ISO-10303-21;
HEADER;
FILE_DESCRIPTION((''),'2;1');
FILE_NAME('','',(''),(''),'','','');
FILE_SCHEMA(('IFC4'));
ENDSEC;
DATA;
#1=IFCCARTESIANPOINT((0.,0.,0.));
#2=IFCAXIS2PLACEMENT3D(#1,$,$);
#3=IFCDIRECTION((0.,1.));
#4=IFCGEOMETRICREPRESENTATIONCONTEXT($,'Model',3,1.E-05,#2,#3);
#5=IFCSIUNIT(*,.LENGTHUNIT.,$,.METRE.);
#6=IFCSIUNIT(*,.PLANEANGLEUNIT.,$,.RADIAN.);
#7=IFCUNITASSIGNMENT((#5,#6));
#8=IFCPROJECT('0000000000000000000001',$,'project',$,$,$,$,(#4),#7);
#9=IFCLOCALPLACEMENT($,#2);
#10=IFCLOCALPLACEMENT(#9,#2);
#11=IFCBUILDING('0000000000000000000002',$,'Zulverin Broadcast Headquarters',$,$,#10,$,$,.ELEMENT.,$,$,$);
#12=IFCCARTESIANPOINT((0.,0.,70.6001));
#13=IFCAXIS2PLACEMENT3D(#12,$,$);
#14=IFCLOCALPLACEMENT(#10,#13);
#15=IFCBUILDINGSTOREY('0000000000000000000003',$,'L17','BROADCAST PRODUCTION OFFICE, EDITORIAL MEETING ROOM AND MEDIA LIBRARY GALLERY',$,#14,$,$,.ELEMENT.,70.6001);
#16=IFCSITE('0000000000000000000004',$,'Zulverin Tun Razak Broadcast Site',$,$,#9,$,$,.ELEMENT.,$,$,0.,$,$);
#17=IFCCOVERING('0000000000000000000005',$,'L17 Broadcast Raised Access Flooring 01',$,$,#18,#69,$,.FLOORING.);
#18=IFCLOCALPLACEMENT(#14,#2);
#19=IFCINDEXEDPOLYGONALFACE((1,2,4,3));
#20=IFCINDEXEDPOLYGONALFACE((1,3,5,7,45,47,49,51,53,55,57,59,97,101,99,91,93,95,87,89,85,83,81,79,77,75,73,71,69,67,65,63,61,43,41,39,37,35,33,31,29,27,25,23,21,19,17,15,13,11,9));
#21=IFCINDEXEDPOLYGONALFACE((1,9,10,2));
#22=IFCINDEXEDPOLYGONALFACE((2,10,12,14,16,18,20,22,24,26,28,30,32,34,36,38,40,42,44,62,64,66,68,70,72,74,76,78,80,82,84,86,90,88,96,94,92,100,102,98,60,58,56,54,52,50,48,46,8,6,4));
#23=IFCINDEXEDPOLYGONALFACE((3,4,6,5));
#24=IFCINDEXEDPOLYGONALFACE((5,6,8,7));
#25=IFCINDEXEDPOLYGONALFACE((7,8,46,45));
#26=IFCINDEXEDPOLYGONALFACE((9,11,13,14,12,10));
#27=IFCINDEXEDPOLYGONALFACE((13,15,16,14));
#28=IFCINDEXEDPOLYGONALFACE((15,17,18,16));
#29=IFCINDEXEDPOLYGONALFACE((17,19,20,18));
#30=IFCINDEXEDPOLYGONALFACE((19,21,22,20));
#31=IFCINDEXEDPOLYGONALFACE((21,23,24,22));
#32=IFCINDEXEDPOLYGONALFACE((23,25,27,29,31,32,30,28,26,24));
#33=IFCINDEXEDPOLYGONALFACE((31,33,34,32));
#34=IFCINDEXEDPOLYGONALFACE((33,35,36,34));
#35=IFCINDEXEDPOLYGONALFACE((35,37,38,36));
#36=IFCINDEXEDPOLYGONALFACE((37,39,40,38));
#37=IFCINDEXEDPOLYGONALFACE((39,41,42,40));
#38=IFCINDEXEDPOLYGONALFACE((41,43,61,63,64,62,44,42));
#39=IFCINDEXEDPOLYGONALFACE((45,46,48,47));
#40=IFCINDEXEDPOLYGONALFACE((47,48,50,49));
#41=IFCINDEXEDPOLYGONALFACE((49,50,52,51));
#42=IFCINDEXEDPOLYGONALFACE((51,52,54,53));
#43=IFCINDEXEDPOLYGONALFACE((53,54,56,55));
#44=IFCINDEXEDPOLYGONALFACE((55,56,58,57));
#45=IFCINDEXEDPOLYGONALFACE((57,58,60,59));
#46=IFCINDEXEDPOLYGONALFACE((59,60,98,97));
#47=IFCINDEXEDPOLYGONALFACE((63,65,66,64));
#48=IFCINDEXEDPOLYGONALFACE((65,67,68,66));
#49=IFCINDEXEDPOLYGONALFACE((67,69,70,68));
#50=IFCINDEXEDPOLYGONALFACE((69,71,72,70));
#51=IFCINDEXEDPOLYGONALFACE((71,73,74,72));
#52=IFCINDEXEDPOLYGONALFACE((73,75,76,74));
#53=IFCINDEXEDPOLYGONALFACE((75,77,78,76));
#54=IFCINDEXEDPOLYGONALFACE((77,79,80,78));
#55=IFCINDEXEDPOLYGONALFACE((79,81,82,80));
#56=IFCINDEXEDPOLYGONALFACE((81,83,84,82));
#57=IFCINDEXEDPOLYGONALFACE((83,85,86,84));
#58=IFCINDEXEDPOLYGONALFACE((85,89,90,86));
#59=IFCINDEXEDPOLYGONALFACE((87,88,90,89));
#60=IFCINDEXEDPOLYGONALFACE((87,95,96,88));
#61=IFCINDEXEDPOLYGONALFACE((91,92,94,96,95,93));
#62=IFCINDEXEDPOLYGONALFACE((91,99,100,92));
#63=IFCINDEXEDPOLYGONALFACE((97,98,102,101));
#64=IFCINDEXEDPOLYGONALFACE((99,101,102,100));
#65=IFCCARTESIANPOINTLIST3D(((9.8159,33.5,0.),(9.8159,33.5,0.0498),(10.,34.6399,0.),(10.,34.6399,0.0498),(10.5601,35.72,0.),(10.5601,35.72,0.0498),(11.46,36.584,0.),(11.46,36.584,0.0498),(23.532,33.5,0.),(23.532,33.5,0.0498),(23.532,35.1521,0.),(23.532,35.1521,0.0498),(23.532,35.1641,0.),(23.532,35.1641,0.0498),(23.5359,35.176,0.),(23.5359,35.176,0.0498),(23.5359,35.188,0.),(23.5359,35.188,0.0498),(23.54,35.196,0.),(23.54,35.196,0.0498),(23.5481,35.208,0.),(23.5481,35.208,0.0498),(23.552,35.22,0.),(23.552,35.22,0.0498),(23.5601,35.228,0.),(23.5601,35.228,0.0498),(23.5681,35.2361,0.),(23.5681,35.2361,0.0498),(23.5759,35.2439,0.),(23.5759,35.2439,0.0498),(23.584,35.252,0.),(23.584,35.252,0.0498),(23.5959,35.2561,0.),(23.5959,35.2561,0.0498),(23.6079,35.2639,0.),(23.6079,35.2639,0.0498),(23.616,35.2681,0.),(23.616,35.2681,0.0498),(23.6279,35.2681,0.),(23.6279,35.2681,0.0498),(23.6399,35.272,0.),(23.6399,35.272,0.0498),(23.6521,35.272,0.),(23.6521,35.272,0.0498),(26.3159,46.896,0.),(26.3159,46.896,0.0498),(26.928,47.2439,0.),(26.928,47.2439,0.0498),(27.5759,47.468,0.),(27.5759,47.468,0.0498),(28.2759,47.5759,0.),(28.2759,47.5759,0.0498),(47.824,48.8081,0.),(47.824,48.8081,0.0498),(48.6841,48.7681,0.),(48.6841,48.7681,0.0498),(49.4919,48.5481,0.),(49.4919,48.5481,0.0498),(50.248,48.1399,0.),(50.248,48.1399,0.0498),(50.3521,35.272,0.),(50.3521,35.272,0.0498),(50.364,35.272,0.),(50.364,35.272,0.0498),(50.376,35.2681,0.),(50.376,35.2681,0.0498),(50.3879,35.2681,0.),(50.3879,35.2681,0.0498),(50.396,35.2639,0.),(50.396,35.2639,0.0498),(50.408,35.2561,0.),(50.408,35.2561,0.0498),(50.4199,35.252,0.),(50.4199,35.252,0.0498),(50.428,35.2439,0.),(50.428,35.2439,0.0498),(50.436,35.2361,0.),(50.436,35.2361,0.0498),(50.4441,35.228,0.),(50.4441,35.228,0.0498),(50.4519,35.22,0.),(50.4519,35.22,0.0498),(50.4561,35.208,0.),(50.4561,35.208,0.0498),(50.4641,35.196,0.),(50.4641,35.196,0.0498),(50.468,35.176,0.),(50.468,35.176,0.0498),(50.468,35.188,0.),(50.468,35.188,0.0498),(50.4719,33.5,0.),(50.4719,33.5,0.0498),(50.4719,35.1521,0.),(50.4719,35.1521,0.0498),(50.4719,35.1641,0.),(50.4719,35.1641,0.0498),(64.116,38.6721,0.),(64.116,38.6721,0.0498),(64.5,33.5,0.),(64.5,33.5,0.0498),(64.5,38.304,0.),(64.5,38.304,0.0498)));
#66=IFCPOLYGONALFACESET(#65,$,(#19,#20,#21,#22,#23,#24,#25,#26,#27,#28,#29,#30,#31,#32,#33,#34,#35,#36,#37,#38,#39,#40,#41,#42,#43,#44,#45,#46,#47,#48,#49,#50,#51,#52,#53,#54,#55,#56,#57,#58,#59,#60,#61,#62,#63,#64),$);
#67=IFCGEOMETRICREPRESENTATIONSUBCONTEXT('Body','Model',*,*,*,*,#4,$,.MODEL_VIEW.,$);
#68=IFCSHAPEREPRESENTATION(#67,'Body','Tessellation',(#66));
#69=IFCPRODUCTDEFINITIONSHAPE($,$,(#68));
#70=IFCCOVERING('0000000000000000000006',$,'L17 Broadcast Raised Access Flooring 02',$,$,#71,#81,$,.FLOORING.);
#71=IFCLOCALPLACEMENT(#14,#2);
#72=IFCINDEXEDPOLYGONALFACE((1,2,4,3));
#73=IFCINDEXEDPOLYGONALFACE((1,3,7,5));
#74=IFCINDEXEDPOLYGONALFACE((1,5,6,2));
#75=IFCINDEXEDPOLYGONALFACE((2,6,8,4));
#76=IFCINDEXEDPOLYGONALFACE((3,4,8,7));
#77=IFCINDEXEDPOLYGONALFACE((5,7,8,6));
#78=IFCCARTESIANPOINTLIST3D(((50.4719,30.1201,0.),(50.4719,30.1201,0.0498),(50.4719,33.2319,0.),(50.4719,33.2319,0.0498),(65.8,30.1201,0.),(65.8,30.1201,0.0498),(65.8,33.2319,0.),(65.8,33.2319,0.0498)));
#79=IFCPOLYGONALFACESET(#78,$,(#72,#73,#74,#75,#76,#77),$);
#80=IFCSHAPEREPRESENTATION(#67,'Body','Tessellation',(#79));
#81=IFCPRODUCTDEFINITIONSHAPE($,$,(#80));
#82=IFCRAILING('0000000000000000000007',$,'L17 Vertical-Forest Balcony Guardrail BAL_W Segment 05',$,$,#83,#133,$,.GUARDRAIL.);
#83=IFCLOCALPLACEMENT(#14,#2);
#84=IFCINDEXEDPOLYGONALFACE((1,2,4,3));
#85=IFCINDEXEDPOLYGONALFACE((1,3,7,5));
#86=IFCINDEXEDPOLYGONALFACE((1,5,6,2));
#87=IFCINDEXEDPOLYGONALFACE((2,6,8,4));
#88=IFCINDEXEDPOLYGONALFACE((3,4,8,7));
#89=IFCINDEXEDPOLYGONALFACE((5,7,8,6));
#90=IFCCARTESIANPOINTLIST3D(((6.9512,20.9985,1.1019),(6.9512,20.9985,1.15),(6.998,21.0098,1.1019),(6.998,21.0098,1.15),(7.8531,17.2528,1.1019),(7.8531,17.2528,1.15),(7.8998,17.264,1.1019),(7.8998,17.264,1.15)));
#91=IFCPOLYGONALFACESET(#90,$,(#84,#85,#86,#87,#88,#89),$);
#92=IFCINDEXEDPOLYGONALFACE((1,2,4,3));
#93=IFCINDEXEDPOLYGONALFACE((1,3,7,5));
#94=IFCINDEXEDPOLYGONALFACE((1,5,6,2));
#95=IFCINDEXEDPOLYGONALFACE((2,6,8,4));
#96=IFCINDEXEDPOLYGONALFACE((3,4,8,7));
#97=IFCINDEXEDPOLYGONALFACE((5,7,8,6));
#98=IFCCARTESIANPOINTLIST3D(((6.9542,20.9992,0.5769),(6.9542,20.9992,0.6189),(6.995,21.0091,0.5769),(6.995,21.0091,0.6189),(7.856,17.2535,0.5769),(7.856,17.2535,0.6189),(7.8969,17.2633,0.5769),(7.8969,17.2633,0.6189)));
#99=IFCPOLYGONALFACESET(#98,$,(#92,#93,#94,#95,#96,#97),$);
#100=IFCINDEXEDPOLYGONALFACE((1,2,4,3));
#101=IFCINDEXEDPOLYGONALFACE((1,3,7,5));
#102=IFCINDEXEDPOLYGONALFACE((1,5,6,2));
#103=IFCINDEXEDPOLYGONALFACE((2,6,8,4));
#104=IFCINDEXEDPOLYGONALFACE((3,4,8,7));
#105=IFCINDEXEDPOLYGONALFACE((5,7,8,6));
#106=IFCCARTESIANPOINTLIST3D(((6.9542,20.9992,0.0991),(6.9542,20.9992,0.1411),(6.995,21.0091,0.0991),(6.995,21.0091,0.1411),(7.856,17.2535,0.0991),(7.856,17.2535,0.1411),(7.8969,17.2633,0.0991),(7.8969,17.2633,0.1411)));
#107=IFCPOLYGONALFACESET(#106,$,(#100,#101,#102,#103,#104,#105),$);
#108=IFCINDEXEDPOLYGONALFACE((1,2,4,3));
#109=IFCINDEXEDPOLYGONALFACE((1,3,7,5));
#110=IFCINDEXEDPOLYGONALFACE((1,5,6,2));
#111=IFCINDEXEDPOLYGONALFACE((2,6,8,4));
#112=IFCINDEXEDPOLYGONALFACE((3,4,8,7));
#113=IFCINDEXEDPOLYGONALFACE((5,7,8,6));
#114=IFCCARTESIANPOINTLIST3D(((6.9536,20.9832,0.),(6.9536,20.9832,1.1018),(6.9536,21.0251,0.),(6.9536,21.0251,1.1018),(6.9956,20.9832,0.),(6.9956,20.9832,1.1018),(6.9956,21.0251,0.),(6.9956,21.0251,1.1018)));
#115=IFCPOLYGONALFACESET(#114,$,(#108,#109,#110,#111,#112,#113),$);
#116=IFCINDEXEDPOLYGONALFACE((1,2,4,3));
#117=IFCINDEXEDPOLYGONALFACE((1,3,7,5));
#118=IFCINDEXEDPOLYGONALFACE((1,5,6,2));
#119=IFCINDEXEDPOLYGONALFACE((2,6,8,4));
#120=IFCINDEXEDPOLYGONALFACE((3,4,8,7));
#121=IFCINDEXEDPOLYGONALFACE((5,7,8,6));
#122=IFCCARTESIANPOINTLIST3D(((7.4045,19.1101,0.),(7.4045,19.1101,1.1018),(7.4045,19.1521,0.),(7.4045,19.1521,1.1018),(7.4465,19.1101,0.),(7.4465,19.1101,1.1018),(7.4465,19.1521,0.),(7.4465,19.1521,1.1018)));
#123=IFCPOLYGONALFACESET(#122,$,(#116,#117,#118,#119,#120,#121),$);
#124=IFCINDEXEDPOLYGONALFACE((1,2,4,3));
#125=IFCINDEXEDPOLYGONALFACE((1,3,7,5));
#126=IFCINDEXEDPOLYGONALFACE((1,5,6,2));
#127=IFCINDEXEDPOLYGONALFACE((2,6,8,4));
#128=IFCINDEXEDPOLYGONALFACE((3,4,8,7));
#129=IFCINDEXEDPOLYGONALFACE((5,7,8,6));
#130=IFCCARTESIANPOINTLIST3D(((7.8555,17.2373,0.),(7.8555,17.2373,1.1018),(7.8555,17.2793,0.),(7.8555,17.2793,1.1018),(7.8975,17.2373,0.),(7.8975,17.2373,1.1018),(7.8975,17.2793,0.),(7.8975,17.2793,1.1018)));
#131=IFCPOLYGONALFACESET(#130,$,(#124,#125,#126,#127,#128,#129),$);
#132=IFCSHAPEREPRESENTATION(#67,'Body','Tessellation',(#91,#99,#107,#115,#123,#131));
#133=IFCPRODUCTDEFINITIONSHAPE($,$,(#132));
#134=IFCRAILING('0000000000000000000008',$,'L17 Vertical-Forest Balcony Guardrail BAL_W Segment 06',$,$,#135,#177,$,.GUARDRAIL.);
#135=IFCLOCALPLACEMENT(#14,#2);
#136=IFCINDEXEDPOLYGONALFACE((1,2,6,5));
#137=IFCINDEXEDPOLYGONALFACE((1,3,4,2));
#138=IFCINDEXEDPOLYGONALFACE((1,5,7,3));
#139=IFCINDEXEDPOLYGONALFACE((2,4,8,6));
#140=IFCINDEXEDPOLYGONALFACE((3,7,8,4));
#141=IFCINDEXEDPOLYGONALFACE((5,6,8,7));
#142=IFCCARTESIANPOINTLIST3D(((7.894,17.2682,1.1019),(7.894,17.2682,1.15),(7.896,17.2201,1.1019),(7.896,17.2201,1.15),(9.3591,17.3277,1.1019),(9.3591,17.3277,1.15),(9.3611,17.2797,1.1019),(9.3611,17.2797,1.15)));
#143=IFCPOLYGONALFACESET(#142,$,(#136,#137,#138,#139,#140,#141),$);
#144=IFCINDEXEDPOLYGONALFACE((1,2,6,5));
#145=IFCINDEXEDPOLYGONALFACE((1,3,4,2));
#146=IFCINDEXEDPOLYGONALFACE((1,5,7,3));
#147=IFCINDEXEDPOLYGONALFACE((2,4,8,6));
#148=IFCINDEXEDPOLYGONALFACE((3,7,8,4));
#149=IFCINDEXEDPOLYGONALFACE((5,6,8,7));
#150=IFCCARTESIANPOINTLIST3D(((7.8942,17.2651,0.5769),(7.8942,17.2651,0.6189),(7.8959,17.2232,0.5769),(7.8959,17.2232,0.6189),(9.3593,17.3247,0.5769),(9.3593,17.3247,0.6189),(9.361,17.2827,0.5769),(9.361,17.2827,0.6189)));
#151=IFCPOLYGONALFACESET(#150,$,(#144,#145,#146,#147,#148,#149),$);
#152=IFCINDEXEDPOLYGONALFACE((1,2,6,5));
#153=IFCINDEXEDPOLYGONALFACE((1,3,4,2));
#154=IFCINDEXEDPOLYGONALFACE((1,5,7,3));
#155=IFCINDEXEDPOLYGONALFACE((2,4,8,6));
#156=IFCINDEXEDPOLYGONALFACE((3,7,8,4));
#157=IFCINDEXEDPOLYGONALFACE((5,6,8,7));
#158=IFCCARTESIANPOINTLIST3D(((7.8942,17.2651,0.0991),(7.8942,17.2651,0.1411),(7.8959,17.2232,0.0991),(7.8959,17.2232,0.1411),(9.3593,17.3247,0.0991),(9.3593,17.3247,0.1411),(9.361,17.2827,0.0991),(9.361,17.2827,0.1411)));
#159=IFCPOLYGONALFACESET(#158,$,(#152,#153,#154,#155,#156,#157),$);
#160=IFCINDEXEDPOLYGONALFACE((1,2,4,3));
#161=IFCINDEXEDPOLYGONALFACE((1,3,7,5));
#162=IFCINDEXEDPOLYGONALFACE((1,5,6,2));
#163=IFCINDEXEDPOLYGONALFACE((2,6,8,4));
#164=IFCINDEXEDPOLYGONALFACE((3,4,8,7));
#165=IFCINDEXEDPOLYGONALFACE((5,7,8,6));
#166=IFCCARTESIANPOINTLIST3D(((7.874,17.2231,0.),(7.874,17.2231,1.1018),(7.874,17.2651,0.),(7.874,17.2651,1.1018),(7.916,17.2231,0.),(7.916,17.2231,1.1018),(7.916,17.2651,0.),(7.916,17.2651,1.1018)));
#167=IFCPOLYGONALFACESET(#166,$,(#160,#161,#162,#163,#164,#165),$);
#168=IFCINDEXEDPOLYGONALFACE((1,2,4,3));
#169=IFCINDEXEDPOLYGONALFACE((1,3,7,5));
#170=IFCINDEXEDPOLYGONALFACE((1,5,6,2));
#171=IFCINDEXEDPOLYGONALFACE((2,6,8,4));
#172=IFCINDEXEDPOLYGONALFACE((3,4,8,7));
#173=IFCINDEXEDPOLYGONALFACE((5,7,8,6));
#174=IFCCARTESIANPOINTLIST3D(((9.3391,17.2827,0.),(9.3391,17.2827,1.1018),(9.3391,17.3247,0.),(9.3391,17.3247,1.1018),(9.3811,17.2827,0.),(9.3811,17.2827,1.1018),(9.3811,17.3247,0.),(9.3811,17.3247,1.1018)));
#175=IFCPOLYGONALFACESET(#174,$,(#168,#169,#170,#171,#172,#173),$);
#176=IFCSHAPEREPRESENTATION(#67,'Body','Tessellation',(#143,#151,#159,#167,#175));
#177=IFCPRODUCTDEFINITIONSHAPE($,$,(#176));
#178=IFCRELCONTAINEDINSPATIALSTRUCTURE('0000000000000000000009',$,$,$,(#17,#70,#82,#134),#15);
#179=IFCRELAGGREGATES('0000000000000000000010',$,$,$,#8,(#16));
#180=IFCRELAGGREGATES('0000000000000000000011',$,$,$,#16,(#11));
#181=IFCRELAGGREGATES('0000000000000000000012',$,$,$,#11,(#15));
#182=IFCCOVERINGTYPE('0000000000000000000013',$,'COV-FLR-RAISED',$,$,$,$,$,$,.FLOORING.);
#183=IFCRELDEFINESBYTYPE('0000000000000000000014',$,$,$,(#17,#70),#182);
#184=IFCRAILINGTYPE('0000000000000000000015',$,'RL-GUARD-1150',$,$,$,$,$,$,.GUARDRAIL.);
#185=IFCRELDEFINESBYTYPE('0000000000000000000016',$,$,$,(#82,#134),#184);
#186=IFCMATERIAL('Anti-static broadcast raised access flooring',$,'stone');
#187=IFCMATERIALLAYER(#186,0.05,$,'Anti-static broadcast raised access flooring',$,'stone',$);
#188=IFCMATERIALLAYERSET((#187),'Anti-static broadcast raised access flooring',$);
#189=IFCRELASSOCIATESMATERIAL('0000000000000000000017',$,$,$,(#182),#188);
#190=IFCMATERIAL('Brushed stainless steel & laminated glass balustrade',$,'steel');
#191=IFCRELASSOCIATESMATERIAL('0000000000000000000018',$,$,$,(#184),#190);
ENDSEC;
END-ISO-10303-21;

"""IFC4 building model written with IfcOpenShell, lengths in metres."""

from ifc_helpers import new_model, si_unit, direction, frame, origin, origin_2d, place, context, subcontext, project, spatial, polyline, rectangle, outline, extrude, material, layer, layer_set, type_object, element, save


model = new_model("IFC4")

# Units and contexts
model_context = context("Model", 3, precision=1e-05, world=origin(), true_north=direction((0.0, 1.0)))
body_context = subcontext(model_context, "Body", "Model", "MODEL_VIEW")
ifc_project = project(units=[si_unit("LENGTHUNIT", "METRE"), si_unit("PLANEANGLEUNIT", "RADIAN")], contexts=[model_context])

# Site, building, storey
site_placement = place(None, origin())
site = spatial("IfcSite", under=ifc_project, at=site_placement, Name="Zulverin Tun Razak Broadcast Site", CompositionType="ELEMENT", RefElevation=0.0)
building_placement = place(site_placement, origin())
building = spatial("IfcBuilding", under=site, at=building_placement, Name="Zulverin Broadcast Headquarters", CompositionType="ELEMENT")
storey_placement = place(building_placement, frame((0.0, 0.0, 70.6001)))
storey = spatial("IfcBuildingStorey", under=building, at=storey_placement, Name="L17", Description="BROADCAST PRODUCTION OFFICE, EDITORIAL MEETING ROOM AND MEDIA LIBRARY GALLERY", CompositionType="ELEMENT", Elevation=70.6001)

# Coverings
ifc_material_1 = material(Name="Anti-static broadcast raised access flooring", Category="stone")
ifc_layer_1 = layer(ifc_material_1, 0.05, Name="Anti-static broadcast raised access flooring", Category="stone")
ifc_layer_set_1 = layer_set([ifc_layer_1], Name="Anti-static broadcast raised access flooring")
covering_type_1 = type_object("IfcCoveringType", Name="COV-FLR-RAISED", PredefinedType="FLOORING", material=ifc_layer_set_1)
covering_1_placement = place(storey_placement, origin())
element("IfcCovering", 1, at=covering_1_placement, inside=storey, type_object=covering_type_1, Name="L17 Broadcast Raised Access Flooring 01", PredefinedType="FLOORING", context=body_context, shape_type="SweptSolid", body=[
    extrude(outline(polyline([(11.46, 36.584), (10.5601, 35.72), (10.0, 34.6399), (9.8159, 33.5), (23.532, 33.5), (23.532, 35.1521), (23.532, 35.1641), (23.5359, 35.176), (23.5359, 35.188), (23.54, 35.196), (23.5481, 35.208), (23.552, 35.22), (23.5601, 35.228), (23.5681, 35.2361), (23.5759, 35.2439), (23.584, 35.252), (23.5959, 35.2561), (23.6079, 35.2639), (23.616, 35.2681), (23.6279, 35.2681), (23.6399, 35.272), (23.6521, 35.272), (50.3521, 35.272), (50.364, 35.272), (50.376, 35.2681), (50.3879, 35.2681), (50.396, 35.2639), (50.408, 35.2561), (50.4199, 35.252), (50.428, 35.2439), (50.436, 35.2361), (50.4441, 35.228), (50.4519, 35.22), (50.4561, 35.208), (50.4641, 35.196), (50.468, 35.188), (50.468, 35.176), (50.4719, 35.1641), (50.4719, 35.1521), (50.4719, 33.5), (64.5, 33.5), (64.5, 38.304), (64.116, 38.6721), (50.248, 48.1399), (49.4919, 48.5481), (48.6841, 48.7681), (47.824, 48.8081), (28.2759, 47.5759), (27.5759, 47.468), (26.928, 47.2439), (26.3159, 46.896), (11.46, 36.584)])), origin(), (0.0, 0.0, 1.0), 0.0498),
])
covering_2_placement = place(storey_placement, origin())
element("IfcCovering", 2, at=covering_2_placement, inside=storey, type_object=covering_type_1, Name="L17 Broadcast Raised Access Flooring 02", PredefinedType="FLOORING", context=body_context, shape_type="SweptSolid", body=[
    extrude(outline(polyline([(50.4719, 30.1201), (65.8, 30.1201), (65.8, 33.2319), (50.4719, 33.2319), (50.4719, 30.1201)])), origin(), (0.0, 0.0, 1.0), 0.0498),
])

# Railings
ifc_material_2 = material(Name="Brushed stainless steel & laminated glass balustrade", Category="steel")
railing_type = type_object("IfcRailingType", Name="RL-GUARD-1150", PredefinedType="GUARDRAIL", material=ifc_material_2)
railing_1_placement = place(storey_placement, frame((6.9746, 21.0042, 0.0)))
element("IfcRailing", 3, at=railing_1_placement, inside=storey, type_object=railing_type, Name="L17 Vertical-Forest Balcony Guardrail BAL_W Segment 05", PredefinedType="GUARDRAIL", context=body_context, shape_type="SweptSolid", body=[
    extrude(rectangle(XDim=0.0481, YDim=0.0481, at=origin_2d()), frame((0.0, 0.0, 1.126), z_axis=(0.234073, -0.972219, 0.0), x_axis=(0.972219, 0.234073, 0.0)), (0.0, 0.0, 1.0), 3.8528),
    extrude(rectangle(XDim=0.042, YDim=0.042, at=origin_2d()), frame((0.0, 0.0, 0.5979), z_axis=(0.234073, -0.972219, 0.0), x_axis=(0.972219, 0.234073, 0.0)), (0.0, 0.0, 1.0), 3.8528),
    extrude(rectangle(XDim=0.042, YDim=0.042, at=origin_2d()), frame((0.0, 0.0, 0.1201), z_axis=(0.234073, -0.972219, 0.0), x_axis=(0.972219, 0.234073, 0.0)), (0.0, 0.0, 1.0), 3.8528),
    extrude(rectangle(XDim=0.042, YDim=0.042, at=origin_2d()), origin(), (0.0, 0.0, 1.0), 1.1018),
    extrude(rectangle(XDim=0.042, YDim=0.042, at=origin_2d()), frame((0.4509, -1.873, 0.0)), (0.0, 0.0, 1.0), 1.1018),
    extrude(rectangle(XDim=0.042, YDim=0.042, at=origin_2d()), frame((0.9019, -3.7458, 0.0)), (0.0, 0.0, 1.0), 1.1018),
])
railing_2_placement = place(storey_placement, frame((7.895, 17.2441, 0.0)))
element("IfcRailing", 4, at=railing_2_placement, inside=storey, type_object=railing_type, Name="L17 Vertical-Forest Balcony Guardrail BAL_W Segment 06", PredefinedType="GUARDRAIL", context=body_context, shape_type="SweptSolid", body=[
    extrude(rectangle(XDim=0.0481, YDim=0.0481, at=origin_2d()), frame((0.0, 0.0, 1.126), z_axis=(0.999174, 0.040626, 0.0), x_axis=(-0.040626, 0.999174, 0.0)), (0.0, 0.0, 1.0), 1.4663),
    extrude(rectangle(XDim=0.042, YDim=0.042, at=origin_2d()), frame((0.0, 0.0, 0.5979), z_axis=(0.999174, 0.040626, 0.0), x_axis=(-0.040626, 0.999174, 0.0)), (0.0, 0.0, 1.0), 1.4663),
    extrude(rectangle(XDim=0.042, YDim=0.042, at=origin_2d()), frame((0.0, 0.0, 0.1201), z_axis=(0.999174, 0.040626, 0.0), x_axis=(-0.040626, 0.999174, 0.0)), (0.0, 0.0, 1.0), 1.4663),
    extrude(rectangle(XDim=0.042, YDim=0.042, at=origin_2d()), origin(), (0.0, 0.0, 1.0), 1.1018),
    extrude(rectangle(XDim=0.042, YDim=0.042, at=origin_2d()), frame((1.4651, 0.0596, 0.0)), (0.0, 0.0, 1.0), 1.1018),
])

save(model, "model.ifc")
